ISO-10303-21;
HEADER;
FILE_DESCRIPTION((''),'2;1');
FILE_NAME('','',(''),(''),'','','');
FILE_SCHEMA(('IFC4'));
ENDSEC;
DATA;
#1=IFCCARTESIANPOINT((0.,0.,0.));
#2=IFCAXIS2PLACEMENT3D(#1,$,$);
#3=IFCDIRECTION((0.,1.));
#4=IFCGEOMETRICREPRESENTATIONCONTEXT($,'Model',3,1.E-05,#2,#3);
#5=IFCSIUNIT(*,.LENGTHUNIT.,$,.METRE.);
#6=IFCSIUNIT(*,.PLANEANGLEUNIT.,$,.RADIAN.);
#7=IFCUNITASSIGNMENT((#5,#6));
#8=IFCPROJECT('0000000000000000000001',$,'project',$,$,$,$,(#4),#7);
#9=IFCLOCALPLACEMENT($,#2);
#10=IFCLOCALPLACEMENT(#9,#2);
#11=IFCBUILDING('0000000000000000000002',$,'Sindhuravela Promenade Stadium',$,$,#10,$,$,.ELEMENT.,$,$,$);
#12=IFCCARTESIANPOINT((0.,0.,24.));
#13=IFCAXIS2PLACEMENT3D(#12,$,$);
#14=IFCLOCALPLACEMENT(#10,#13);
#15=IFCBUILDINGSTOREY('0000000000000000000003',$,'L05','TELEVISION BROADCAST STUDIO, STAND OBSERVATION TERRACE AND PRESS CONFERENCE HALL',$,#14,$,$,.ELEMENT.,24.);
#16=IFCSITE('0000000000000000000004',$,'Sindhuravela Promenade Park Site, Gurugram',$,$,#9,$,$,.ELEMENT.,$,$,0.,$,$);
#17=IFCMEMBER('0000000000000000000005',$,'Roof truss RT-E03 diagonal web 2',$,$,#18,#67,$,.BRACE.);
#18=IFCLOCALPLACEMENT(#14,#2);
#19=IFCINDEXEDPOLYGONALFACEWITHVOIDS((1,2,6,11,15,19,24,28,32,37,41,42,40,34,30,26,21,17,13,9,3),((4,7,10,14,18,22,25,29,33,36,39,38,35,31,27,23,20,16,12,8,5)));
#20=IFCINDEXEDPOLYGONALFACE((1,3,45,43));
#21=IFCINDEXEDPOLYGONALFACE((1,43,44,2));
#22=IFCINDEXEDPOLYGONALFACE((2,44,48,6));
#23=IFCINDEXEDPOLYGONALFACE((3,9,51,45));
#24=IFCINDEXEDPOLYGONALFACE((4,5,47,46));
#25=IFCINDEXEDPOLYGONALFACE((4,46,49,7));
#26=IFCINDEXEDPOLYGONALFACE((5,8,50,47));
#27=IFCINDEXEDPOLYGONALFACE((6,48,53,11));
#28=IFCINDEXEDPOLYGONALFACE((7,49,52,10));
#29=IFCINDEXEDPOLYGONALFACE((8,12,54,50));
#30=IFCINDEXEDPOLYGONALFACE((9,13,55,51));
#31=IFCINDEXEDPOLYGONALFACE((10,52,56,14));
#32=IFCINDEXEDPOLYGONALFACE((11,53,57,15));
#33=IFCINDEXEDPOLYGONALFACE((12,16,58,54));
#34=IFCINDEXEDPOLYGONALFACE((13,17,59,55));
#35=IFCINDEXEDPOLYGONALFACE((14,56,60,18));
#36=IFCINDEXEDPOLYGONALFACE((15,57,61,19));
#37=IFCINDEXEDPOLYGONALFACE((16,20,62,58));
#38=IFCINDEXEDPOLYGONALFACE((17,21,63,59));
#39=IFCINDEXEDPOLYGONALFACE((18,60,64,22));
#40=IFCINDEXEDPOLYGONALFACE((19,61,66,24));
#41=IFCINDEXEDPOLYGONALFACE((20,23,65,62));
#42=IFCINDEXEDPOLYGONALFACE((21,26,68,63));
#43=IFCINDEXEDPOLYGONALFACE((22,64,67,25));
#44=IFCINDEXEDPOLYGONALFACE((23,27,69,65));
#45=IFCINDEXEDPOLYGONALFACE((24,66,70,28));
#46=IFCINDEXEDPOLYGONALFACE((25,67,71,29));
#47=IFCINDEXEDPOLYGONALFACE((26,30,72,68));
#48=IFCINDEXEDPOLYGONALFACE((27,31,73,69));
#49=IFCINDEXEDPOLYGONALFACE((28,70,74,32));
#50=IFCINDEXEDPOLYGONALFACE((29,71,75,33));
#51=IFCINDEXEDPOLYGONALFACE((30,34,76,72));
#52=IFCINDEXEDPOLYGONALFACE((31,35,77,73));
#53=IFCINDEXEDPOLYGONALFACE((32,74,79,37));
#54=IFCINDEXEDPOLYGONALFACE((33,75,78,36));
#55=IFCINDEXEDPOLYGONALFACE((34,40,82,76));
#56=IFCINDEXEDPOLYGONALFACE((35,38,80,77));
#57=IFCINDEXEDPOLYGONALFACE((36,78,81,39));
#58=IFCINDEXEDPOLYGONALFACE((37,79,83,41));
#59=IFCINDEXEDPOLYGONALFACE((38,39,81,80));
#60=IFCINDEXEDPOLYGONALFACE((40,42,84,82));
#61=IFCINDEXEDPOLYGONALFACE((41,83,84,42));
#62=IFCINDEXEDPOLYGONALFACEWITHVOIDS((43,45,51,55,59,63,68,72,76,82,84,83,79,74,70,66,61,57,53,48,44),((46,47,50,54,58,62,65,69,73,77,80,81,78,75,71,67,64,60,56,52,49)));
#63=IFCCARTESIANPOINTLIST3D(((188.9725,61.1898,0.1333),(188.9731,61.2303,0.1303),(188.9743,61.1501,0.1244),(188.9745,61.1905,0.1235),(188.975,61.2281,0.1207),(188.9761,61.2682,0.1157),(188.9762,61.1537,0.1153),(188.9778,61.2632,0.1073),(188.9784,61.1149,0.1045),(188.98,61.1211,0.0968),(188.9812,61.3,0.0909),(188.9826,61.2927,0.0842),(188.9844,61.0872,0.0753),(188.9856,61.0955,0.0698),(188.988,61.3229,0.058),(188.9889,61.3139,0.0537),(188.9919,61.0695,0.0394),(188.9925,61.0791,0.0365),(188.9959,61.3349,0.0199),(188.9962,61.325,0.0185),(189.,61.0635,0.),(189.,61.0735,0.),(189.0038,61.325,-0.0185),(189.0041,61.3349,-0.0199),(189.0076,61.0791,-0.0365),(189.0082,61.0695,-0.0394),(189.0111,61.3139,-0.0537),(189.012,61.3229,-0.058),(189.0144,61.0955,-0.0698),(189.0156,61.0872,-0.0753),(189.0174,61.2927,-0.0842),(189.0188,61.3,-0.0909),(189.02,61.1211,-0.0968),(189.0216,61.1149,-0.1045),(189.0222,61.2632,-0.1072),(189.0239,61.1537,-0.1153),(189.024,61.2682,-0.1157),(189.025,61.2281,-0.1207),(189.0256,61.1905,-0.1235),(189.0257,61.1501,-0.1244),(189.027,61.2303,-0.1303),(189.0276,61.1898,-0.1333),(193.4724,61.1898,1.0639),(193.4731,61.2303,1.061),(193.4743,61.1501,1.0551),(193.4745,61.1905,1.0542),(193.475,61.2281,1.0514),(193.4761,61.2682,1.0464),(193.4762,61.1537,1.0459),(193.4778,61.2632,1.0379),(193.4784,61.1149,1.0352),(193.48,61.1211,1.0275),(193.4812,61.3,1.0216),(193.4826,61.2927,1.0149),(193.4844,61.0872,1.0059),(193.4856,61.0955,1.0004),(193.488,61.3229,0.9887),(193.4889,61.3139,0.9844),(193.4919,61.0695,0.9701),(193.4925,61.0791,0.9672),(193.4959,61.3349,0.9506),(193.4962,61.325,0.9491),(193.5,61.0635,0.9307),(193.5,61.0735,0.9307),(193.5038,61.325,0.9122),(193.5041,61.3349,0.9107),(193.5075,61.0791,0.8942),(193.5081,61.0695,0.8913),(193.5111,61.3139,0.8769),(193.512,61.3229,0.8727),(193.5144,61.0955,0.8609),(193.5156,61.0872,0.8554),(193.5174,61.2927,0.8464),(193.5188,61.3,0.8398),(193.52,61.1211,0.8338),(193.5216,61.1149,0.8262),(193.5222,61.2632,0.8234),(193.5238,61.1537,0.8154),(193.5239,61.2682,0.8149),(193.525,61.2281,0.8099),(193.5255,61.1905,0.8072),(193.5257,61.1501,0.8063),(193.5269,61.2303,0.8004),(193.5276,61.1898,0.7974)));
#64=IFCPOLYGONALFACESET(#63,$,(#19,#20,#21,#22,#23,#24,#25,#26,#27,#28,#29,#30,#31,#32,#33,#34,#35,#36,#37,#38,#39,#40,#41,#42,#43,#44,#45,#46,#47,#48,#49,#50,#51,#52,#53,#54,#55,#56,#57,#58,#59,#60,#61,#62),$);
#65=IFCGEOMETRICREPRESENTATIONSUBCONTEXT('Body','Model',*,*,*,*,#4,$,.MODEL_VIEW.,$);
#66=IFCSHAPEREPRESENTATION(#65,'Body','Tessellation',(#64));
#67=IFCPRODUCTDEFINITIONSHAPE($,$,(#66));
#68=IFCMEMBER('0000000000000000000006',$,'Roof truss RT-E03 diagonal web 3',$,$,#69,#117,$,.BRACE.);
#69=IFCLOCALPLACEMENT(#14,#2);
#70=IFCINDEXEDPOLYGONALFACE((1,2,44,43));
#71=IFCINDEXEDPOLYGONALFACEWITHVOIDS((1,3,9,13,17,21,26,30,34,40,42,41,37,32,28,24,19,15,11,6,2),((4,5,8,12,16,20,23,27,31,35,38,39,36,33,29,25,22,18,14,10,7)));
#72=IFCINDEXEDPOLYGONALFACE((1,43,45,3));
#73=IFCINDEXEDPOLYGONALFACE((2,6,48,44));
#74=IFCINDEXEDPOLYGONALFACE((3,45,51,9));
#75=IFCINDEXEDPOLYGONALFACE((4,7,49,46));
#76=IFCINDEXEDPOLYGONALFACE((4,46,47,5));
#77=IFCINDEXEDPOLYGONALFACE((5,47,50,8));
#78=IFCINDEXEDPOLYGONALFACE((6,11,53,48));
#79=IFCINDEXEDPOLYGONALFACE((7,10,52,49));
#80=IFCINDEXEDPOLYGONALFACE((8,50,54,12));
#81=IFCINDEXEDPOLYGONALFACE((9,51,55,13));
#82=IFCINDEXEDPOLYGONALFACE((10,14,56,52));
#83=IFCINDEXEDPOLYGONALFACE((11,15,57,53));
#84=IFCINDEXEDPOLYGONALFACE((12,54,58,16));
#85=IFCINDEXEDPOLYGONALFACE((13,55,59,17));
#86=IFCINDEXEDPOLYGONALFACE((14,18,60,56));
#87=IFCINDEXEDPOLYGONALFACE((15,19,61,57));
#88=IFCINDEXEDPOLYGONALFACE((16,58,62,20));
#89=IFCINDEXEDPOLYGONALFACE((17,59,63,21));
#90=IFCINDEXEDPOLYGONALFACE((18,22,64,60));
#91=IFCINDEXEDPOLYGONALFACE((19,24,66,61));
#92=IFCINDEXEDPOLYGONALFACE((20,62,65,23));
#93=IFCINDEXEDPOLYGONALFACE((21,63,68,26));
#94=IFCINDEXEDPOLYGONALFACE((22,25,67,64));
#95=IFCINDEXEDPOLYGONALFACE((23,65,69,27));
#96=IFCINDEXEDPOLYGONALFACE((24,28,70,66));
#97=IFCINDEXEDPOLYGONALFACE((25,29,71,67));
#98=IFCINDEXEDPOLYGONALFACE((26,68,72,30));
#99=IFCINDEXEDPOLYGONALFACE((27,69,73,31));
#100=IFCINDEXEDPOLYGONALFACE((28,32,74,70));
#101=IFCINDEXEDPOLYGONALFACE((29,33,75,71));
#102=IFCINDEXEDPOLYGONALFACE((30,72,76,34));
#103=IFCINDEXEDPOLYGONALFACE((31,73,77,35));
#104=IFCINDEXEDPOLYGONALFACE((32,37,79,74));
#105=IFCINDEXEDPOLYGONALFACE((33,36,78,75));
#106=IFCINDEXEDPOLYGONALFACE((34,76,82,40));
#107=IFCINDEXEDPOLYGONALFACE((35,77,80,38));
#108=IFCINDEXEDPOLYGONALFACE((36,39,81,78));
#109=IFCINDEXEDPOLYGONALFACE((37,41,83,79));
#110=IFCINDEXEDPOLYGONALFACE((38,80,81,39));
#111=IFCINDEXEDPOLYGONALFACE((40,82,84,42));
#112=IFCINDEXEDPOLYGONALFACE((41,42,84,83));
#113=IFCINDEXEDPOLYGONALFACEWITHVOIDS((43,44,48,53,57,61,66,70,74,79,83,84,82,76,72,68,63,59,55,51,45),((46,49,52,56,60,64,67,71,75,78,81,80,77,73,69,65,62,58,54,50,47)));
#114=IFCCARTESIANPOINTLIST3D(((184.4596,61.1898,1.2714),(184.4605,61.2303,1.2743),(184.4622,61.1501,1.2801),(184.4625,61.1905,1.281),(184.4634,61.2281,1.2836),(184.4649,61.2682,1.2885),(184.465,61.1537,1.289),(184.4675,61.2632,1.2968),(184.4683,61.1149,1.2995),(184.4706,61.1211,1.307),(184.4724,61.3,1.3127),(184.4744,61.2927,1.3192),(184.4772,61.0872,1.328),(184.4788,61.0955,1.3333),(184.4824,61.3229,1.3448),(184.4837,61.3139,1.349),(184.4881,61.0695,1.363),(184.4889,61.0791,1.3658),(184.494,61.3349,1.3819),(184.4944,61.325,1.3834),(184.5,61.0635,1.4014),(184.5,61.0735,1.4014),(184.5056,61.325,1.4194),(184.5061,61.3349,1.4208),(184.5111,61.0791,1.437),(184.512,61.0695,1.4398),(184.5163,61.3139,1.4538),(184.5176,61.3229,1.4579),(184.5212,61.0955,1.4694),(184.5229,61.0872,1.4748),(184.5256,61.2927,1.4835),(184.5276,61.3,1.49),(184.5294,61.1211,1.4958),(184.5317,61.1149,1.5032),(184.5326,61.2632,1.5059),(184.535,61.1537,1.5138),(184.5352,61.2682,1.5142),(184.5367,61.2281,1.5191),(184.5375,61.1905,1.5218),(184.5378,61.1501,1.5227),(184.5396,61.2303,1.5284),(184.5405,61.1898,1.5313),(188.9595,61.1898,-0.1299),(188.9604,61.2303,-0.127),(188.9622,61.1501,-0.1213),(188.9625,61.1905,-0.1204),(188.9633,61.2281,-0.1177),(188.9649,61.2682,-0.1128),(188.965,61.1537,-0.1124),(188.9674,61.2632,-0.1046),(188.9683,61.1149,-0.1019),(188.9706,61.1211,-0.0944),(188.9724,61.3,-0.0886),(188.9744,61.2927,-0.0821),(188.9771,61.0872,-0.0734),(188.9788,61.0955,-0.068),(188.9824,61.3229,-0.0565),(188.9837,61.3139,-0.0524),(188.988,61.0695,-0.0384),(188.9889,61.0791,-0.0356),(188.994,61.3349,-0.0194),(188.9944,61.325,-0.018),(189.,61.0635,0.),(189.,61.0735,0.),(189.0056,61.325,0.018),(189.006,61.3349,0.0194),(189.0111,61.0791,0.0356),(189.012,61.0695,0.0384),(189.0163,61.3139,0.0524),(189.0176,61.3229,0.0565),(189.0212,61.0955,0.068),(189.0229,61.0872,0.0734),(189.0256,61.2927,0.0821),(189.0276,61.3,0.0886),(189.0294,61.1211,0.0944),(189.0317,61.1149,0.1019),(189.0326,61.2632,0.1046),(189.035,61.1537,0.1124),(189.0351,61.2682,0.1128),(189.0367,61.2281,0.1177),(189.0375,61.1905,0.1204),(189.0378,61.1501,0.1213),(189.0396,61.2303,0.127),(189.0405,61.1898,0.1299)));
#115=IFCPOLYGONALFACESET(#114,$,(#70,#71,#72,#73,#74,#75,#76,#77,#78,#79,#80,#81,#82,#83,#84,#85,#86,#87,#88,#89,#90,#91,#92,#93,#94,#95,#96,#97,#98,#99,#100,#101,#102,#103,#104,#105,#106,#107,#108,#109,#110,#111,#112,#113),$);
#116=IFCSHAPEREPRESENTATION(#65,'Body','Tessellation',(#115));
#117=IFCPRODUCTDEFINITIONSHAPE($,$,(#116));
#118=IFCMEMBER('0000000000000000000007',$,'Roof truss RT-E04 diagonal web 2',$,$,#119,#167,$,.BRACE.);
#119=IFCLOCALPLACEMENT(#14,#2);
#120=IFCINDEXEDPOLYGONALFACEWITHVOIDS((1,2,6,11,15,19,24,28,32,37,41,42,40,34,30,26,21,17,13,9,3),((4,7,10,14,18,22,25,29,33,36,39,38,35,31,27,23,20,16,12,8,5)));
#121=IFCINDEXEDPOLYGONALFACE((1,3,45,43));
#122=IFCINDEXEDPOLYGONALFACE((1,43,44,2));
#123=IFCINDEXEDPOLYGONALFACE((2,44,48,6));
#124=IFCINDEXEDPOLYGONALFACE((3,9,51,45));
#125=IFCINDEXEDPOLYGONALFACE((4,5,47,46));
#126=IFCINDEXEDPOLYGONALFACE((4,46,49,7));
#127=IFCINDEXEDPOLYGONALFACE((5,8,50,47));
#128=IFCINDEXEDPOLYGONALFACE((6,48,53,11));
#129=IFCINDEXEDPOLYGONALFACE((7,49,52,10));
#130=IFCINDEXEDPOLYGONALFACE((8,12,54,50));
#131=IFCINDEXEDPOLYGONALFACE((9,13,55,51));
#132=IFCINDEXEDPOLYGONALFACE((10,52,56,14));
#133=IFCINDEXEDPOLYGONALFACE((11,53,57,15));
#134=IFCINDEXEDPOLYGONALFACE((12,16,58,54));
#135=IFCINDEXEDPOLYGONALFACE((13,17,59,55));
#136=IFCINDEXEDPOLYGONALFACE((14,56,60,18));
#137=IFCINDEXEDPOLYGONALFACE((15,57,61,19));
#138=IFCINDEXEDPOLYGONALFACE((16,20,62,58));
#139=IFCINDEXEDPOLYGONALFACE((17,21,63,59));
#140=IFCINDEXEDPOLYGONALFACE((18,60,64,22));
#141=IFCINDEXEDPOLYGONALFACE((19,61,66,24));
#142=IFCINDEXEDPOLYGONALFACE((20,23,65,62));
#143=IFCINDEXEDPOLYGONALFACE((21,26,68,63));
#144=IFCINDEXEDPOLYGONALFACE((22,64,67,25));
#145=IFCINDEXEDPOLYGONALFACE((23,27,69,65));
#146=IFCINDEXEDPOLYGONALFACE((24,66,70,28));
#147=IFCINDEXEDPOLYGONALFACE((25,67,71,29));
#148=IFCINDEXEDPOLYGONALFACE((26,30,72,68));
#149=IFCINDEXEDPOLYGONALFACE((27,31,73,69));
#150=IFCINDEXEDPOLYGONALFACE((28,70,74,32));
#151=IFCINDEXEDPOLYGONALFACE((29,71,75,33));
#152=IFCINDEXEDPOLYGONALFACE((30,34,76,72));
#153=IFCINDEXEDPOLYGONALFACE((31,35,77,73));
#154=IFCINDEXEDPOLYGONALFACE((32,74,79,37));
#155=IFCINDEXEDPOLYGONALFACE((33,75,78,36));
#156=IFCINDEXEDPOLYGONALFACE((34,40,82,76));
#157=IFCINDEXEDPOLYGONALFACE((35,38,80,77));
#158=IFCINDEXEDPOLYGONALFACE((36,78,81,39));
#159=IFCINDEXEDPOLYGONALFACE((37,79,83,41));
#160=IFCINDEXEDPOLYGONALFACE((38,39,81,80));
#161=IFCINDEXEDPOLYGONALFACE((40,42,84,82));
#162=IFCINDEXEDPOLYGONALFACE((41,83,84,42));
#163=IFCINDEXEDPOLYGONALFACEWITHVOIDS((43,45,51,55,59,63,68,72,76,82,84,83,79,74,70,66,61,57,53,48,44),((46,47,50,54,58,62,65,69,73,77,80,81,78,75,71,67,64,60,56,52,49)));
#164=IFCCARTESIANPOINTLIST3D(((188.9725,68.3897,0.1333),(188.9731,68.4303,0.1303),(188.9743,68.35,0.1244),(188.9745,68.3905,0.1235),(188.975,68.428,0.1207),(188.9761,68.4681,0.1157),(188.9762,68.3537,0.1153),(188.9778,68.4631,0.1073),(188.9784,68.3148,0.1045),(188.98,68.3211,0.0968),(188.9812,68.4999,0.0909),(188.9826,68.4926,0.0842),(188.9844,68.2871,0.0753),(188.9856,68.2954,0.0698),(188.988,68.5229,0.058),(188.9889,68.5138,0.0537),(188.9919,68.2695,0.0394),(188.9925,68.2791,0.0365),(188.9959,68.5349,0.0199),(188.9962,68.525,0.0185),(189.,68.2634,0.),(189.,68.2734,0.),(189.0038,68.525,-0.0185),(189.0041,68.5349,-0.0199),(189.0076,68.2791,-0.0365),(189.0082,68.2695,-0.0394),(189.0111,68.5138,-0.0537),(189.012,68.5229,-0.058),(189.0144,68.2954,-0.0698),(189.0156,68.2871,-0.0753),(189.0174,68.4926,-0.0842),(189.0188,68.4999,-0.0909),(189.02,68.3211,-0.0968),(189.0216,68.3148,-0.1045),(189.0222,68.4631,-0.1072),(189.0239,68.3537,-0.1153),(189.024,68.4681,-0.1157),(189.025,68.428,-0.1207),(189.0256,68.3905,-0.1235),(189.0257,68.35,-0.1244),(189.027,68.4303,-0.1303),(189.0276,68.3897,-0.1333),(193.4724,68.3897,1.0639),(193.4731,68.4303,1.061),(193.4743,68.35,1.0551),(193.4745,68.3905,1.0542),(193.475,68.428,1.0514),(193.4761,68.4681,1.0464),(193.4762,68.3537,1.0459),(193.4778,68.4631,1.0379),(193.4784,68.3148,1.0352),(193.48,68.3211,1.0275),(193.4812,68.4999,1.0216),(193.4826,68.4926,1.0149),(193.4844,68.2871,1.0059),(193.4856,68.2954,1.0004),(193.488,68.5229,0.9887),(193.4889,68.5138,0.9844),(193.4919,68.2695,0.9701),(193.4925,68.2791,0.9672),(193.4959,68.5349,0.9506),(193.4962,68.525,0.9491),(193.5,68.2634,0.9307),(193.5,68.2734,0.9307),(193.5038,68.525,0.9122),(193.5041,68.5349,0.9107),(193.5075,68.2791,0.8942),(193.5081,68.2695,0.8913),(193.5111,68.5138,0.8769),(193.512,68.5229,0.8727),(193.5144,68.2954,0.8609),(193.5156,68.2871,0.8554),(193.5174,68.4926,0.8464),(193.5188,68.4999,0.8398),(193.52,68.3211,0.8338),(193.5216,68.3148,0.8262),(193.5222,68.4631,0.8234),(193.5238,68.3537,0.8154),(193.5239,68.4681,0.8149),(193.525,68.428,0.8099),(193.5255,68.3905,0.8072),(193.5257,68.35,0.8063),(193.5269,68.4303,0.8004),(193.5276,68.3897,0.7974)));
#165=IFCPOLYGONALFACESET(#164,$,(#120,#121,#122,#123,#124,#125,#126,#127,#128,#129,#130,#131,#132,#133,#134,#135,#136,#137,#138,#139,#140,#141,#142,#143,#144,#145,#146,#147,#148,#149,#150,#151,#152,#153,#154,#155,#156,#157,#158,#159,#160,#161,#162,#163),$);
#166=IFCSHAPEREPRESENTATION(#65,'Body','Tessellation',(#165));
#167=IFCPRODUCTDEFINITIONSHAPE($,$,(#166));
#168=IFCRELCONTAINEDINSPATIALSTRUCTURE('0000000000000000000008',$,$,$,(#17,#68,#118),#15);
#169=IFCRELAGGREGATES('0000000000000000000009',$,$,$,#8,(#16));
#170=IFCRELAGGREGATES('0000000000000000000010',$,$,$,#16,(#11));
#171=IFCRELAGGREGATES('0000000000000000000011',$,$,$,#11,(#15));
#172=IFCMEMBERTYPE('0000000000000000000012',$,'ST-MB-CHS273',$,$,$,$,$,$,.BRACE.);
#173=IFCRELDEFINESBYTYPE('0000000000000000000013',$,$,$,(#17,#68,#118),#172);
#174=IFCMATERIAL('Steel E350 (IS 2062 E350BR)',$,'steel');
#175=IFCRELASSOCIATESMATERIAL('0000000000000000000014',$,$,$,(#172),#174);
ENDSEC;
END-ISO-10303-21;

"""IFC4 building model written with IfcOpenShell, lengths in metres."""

from ifc_helpers import new_model, si_unit, direction, frame, origin, origin_2d, place, context, subcontext, project, spatial, hollow_circle, extrude, material, material_profile, profile_set, type_object, element, save


model = new_model("IFC4")

# Units and contexts
model_context = context("Model", 3, precision=1e-05, world=origin(), true_north=direction((0.0, 1.0)))
body_context = subcontext(model_context, "Body", "Model", "MODEL_VIEW")
ifc_project = project(units=[si_unit("LENGTHUNIT", "METRE"), si_unit("PLANEANGLEUNIT", "RADIAN")], contexts=[model_context])

# Site, building, storey
site_placement = place(None, origin())
site = spatial("IfcSite", under=ifc_project, at=site_placement, Name="Sindhuravela Promenade Park Site, Gurugram", CompositionType="ELEMENT", RefElevation=0.0)
building_placement = place(site_placement, origin())
building = spatial("IfcBuilding", under=site, at=building_placement, Name="Sindhuravela Promenade Stadium", CompositionType="ELEMENT")
storey_placement = place(building_placement, frame((0.0, 0.0, 24.0)))
storey = spatial("IfcBuildingStorey", under=building, at=storey_placement, Name="L05", Description="TELEVISION BROADCAST STUDIO, STAND OBSERVATION TERRACE AND PRESS CONFERENCE HALL", CompositionType="ELEMENT", Elevation=24.0)

# Shared definitions
ifc_material_1 = material(Name="Steel E350 (IS 2062 E350BR)", Category="steel")

# Members
ifc_material_profile_1 = material_profile(ifc_material_1, hollow_circle(Radius=0.1365, WallThickness=0.01, at=origin_2d()), Name="CHS 273.0x10")
ifc_profile_set_1 = profile_set([ifc_material_profile_1], Name="Steel E350 (IS 2062 E350BR)")
member_type_1 = type_object("IfcMemberType", Name="ST-MB-CHS273", PredefinedType="BRACE", material=ifc_profile_set_1)
member_1_placement = place(storey_placement, frame((193.5, 61.2, 0.9307), z_axis=(-0.979276, 0.0, -0.202528), x_axis=(0.0, -1.0, 0.0)))
element("IfcMember", 1, at=member_1_placement, inside=storey, type_object=member_type_1, Name="Roof truss RT-E03 diagonal web 2", PredefinedType="BRACE", context=body_context, shape_type="SweptSolid", body=[
    extrude(hollow_circle(Radius=0.1365, WallThickness=0.01, at=origin_2d()), origin(), (0.0, 0.0, 1.0), 4.5952),
])
member_2_placement = place(storey_placement, frame((189.0, 61.2, 0.0), z_axis=(-0.954774, 0.0, 0.297331), x_axis=(0.0, -1.0, 0.0)))
element("IfcMember", 2, at=member_2_placement, inside=storey, type_object=member_type_1, Name="Roof truss RT-E03 diagonal web 3", PredefinedType="BRACE", context=body_context, shape_type="SweptSolid", body=[
    extrude(hollow_circle(Radius=0.1365, WallThickness=0.01, at=origin_2d()), origin(), (0.0, 0.0, 1.0), 4.7131),
])
member_3_placement = place(storey_placement, frame((193.5, 68.3999, 0.9307), z_axis=(-0.979276, 0.0, -0.202528), x_axis=(0.0, -1.0, 0.0)))
element("IfcMember", 3, at=member_3_placement, inside=storey, type_object=member_type_1, Name="Roof truss RT-E04 diagonal web 2", PredefinedType="BRACE", context=body_context, shape_type="SweptSolid", body=[
    extrude(hollow_circle(Radius=0.1365, WallThickness=0.01, at=origin_2d()), origin(), (0.0, 0.0, 1.0), 4.5952),
])

save(model, "model.ifc")
